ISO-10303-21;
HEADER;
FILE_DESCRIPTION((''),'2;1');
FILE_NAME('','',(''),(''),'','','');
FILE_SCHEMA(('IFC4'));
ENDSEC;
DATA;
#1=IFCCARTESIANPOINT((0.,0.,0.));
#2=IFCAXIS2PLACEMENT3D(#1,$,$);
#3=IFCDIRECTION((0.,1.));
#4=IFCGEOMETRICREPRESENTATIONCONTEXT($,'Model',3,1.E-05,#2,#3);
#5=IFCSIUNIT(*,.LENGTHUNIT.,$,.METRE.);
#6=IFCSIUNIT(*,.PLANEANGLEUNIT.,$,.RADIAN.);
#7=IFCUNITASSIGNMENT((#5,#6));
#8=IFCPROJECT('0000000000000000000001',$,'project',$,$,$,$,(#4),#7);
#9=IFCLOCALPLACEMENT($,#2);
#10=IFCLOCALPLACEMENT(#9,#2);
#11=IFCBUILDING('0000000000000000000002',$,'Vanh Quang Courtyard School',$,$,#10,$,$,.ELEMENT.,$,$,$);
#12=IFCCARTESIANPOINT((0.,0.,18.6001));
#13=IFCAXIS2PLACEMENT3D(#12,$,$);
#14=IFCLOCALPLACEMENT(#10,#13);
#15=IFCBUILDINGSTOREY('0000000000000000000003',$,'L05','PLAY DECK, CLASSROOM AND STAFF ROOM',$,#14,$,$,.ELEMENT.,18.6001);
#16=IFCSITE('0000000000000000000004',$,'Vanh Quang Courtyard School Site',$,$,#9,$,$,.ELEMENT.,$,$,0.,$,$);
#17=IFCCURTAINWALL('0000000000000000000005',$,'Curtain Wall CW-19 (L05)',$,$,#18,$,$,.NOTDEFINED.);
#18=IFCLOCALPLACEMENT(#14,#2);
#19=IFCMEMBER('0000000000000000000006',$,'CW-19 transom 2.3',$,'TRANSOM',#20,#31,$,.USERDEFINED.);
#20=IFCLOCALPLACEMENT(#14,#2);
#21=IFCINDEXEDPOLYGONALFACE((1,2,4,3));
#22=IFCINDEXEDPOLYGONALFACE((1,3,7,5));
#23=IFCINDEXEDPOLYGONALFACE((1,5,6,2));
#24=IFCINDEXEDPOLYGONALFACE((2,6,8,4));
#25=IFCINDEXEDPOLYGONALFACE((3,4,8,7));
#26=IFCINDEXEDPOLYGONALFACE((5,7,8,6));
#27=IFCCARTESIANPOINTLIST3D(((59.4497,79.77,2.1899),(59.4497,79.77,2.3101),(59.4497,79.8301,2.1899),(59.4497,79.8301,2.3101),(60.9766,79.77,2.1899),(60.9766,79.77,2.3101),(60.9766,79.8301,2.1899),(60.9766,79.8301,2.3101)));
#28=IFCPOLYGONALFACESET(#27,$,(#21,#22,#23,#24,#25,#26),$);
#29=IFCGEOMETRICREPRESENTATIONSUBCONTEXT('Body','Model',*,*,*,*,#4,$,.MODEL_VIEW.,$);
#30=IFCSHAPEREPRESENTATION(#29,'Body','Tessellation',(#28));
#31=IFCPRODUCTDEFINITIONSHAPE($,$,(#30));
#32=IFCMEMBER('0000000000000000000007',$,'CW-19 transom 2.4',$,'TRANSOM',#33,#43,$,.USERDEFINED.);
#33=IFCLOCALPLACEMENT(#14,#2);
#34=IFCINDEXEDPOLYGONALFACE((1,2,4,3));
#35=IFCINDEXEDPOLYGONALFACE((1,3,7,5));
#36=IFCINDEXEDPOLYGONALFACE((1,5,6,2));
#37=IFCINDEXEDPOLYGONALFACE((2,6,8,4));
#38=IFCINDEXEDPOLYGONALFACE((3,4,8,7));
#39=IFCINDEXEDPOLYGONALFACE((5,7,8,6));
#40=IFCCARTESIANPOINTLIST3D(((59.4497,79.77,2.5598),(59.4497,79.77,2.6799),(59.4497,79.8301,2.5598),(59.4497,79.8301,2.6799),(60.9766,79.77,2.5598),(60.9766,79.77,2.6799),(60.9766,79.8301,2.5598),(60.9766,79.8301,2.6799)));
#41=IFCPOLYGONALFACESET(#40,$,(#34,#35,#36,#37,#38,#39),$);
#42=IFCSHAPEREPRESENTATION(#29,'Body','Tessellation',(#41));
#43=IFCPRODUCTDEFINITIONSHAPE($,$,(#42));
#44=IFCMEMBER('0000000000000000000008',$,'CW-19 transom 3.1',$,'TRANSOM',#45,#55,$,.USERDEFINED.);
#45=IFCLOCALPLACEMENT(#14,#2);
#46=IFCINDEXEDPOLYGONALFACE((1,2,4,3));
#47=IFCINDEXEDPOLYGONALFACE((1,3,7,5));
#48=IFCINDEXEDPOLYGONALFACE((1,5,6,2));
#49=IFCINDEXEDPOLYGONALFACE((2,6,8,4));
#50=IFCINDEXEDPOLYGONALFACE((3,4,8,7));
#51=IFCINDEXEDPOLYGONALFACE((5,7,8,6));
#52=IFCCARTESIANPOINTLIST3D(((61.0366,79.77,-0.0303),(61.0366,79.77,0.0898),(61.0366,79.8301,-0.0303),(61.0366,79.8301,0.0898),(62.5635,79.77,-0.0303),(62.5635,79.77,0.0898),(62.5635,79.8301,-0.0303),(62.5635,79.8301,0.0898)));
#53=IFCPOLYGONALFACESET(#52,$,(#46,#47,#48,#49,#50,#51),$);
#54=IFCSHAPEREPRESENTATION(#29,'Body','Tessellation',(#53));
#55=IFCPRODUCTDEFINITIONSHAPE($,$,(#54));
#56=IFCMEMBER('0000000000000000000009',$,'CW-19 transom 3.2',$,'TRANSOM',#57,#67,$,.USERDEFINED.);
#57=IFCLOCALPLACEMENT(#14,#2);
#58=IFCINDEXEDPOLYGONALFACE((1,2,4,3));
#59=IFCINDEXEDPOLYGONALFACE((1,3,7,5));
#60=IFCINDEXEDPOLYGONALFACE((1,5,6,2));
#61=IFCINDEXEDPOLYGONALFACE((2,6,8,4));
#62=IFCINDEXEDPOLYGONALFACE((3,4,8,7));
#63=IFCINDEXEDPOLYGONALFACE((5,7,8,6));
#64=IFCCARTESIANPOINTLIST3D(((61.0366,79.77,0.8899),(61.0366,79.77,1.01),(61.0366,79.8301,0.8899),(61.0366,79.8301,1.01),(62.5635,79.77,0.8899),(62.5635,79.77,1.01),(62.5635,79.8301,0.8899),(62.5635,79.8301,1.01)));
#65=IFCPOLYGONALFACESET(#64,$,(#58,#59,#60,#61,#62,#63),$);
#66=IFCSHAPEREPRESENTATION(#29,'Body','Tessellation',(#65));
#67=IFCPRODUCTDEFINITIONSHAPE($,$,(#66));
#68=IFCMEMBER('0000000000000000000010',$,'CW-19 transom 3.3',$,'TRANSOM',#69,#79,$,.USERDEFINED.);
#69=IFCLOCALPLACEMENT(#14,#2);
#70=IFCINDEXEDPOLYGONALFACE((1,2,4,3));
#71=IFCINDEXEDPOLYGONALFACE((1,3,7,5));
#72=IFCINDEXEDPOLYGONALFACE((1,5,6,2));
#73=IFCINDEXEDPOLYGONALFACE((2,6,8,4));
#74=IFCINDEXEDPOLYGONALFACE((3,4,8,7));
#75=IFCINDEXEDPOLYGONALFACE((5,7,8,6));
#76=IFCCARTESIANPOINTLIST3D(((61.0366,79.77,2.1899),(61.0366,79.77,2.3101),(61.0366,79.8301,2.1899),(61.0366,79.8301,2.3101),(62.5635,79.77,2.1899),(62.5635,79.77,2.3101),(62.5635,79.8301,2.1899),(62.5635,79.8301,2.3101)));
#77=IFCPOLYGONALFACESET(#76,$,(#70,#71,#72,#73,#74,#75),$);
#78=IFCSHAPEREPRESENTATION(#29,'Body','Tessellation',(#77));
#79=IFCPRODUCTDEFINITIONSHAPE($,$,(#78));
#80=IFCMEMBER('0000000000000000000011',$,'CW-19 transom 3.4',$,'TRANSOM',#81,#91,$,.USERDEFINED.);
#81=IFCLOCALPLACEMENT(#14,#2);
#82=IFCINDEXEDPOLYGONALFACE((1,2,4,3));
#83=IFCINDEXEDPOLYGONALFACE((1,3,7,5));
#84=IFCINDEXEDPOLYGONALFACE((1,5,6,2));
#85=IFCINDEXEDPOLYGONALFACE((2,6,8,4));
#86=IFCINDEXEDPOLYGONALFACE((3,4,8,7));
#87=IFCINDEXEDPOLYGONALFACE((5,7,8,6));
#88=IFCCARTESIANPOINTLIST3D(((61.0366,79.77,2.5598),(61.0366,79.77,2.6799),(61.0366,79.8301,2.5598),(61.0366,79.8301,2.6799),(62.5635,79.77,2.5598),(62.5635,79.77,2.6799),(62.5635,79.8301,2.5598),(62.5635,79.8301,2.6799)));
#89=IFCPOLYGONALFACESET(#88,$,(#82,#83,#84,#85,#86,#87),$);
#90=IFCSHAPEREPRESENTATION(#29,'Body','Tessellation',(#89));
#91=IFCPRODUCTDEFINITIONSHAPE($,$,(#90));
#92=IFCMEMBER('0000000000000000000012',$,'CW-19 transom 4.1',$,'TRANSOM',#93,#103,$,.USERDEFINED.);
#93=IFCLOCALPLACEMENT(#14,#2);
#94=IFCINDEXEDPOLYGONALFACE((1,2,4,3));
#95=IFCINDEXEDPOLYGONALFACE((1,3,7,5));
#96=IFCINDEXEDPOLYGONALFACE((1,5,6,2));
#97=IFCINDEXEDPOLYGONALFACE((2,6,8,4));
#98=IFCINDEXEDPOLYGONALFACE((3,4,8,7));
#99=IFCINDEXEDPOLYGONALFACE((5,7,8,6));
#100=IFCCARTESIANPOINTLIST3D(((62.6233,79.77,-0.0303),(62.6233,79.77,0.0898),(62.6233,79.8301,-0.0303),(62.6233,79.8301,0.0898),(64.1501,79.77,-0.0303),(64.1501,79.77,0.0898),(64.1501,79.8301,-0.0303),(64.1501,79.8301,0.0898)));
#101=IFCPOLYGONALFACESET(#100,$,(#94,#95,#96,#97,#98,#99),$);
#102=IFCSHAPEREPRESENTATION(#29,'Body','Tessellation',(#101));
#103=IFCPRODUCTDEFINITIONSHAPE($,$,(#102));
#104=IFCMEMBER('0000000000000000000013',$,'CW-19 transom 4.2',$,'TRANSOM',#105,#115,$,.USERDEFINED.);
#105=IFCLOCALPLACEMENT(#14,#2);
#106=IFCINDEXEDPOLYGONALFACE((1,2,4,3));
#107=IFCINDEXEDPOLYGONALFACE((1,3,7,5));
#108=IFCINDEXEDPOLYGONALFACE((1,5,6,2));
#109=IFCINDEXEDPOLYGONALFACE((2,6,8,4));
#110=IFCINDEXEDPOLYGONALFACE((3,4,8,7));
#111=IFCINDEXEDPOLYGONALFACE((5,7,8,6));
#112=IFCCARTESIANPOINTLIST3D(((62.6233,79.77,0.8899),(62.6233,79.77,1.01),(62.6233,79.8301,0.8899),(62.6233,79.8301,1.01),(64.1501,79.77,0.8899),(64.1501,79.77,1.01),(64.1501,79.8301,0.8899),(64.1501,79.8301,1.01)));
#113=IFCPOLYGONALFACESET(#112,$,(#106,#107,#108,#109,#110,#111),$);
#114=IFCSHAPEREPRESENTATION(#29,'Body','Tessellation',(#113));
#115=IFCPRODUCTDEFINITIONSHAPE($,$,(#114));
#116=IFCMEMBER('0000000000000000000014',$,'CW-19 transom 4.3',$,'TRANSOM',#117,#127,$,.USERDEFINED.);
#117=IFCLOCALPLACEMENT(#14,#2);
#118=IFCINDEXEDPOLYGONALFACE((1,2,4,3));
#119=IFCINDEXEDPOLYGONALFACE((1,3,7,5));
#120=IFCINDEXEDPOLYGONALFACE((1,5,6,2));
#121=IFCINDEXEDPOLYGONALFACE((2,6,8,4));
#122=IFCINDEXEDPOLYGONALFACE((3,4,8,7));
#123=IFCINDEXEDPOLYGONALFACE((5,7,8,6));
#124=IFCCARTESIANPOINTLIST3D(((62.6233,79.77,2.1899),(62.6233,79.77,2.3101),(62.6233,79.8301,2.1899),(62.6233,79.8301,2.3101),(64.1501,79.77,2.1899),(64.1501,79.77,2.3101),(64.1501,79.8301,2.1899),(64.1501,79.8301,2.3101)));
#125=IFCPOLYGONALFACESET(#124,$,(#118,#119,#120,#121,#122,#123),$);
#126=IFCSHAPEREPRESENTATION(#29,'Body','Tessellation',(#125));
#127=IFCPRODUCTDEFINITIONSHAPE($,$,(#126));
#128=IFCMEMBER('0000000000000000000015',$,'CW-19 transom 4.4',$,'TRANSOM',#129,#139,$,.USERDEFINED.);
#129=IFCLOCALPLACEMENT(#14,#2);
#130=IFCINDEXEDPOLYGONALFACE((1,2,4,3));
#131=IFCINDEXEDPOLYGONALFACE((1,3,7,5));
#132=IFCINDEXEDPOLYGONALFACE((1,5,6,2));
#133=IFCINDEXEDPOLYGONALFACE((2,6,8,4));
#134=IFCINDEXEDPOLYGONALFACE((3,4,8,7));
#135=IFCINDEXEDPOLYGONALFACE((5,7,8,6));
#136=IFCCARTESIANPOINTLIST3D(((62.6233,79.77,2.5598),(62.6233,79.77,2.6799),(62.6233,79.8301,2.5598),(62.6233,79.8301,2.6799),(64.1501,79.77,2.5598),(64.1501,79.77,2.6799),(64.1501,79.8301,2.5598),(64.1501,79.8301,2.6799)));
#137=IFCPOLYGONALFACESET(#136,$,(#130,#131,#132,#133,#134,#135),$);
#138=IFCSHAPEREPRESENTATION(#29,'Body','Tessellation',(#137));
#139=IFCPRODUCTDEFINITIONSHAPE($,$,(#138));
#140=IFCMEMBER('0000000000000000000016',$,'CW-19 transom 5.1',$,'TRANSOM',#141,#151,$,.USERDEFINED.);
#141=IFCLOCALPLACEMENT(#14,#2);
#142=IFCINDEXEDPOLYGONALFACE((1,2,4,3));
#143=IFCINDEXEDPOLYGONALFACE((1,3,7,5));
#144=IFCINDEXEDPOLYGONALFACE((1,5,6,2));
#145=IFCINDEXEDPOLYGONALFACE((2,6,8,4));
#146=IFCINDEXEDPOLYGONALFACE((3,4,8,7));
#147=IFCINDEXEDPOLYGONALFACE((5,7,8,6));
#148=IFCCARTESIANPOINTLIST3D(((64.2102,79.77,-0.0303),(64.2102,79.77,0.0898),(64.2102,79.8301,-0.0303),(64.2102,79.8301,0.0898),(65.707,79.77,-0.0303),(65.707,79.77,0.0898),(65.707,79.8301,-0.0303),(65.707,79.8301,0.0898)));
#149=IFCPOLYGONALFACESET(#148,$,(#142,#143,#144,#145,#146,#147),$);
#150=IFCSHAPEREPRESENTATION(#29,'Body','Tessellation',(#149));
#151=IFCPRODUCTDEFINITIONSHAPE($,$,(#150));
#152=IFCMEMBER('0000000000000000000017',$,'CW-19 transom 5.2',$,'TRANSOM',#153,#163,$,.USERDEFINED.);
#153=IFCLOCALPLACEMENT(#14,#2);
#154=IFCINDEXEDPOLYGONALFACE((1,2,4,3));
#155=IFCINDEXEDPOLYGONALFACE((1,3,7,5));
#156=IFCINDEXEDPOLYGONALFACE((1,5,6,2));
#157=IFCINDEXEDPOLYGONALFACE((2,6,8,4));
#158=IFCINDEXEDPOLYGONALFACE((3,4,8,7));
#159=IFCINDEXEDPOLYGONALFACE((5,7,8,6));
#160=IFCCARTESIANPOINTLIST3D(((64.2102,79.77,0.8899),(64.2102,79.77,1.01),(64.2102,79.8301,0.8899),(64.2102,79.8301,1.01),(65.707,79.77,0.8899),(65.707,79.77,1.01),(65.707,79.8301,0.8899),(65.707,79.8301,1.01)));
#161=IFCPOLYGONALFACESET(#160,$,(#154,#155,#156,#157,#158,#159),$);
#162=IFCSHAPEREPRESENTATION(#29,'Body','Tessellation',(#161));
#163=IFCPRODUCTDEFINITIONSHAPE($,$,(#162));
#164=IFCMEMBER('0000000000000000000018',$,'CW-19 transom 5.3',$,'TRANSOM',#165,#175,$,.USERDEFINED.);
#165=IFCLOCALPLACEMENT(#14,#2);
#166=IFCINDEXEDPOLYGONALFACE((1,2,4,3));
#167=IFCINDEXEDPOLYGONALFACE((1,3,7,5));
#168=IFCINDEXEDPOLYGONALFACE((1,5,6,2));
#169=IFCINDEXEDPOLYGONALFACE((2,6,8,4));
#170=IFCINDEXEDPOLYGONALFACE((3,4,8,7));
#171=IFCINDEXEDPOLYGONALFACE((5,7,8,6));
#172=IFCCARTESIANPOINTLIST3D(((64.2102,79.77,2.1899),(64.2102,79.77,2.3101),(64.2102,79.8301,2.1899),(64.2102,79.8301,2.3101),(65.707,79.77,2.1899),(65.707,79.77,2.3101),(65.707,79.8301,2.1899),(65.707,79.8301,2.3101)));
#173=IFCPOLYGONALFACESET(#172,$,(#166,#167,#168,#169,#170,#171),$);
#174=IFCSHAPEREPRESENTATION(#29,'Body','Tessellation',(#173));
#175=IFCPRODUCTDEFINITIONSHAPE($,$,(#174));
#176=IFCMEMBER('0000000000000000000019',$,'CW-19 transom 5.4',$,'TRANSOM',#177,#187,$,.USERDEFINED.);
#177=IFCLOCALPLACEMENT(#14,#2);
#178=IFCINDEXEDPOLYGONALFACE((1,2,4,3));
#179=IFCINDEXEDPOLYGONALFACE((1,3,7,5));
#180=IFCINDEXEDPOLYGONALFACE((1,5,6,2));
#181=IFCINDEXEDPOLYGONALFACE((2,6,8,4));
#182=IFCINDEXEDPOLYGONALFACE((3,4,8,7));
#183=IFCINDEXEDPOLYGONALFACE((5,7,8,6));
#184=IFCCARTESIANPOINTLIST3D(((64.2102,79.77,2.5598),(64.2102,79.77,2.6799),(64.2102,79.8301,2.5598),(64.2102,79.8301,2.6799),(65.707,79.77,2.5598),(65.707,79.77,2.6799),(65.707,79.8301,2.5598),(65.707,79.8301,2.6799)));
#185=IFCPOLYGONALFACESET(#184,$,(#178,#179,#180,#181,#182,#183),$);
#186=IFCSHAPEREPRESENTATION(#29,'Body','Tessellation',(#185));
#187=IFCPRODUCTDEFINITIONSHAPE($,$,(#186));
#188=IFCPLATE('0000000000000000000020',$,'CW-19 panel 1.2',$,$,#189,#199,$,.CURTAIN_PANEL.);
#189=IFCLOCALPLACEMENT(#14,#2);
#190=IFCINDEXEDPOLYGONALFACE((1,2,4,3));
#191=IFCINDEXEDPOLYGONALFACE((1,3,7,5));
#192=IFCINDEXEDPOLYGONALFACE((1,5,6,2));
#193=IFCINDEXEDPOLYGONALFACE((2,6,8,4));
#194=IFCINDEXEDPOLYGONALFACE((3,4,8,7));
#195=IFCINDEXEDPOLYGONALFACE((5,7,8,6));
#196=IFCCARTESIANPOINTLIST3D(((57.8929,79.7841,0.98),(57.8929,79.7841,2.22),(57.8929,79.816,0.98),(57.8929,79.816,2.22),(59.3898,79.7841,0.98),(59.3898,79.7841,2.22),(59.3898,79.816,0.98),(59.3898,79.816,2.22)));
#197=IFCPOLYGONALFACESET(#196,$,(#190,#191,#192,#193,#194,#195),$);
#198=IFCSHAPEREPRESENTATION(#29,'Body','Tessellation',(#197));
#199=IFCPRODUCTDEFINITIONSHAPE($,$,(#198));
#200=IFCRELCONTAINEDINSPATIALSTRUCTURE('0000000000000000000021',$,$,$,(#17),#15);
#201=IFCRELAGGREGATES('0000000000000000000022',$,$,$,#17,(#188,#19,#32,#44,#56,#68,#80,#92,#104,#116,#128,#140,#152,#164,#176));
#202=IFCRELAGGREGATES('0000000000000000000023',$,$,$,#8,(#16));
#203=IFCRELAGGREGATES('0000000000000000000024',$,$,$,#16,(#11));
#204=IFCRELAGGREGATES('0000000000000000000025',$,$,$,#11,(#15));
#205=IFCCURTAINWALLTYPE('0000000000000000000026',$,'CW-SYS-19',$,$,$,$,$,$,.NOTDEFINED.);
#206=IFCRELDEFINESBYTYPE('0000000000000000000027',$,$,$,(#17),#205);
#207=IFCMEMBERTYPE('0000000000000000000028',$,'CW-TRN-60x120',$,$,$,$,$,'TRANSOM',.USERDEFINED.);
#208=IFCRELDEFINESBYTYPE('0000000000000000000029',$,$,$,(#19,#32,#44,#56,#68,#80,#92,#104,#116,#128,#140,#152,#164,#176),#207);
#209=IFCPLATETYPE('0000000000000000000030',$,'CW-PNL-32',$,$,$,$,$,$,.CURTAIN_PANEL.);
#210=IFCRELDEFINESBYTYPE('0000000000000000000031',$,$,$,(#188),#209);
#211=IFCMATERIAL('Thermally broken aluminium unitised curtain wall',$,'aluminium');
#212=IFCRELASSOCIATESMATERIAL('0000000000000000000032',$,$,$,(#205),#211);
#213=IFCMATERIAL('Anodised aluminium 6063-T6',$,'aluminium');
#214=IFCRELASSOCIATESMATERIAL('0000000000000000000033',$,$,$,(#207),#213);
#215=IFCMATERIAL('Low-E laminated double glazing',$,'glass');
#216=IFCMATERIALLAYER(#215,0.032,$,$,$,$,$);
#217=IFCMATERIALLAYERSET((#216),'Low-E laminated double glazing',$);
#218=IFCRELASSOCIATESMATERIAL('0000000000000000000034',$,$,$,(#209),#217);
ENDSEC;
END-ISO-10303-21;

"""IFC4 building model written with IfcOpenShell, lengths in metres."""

from ifc_helpers import new_model, si_unit, direction, frame, origin, origin_2d, place, context, subcontext, project, spatial, rectangle, extrude, material, layer, layer_set, material_profile, profile_set, type_object, element, aggregate, save


model = new_model("IFC4")

# Units and contexts
model_context = context("Model", 3, precision=1e-05, world=origin(), true_north=direction((0.0, 1.0)))
body_context = subcontext(model_context, "Body", "Model", "MODEL_VIEW")
ifc_project = project(units=[si_unit("LENGTHUNIT", "METRE"), si_unit("PLANEANGLEUNIT", "RADIAN")], contexts=[model_context])

# Site, building, storey
site_placement = place(None, origin())
site = spatial("IfcSite", under=ifc_project, at=site_placement, Name="Vanh Quang Courtyard School Site", CompositionType="ELEMENT", RefElevation=0.0)
building_placement = place(site_placement, origin())
building = spatial("IfcBuilding", under=site, at=building_placement, Name="Vanh Quang Courtyard School", CompositionType="ELEMENT")
storey_placement = place(building_placement, frame((0.0, 0.0, 18.6001)))
storey = spatial("IfcBuildingStorey", under=building, at=storey_placement, Name="L05", Description="PLAY DECK, CLASSROOM AND STAFF ROOM", CompositionType="ELEMENT", Elevation=18.6001)

# Curtain wall, members, plate
ifc_material_1 = material(Name="Thermally broken aluminium unitised curtain wall", Category="aluminium")
curtain_wall_type = type_object("IfcCurtainWallType", Name="CW-SYS-19", PredefinedType="NOTDEFINED", material=ifc_material_1)
curtain_wall_placement = place(storey_placement, origin())
curtain_wall = element("IfcCurtainWall", 1, at=curtain_wall_placement, inside=storey, type_object=curtain_wall_type, Name="Curtain Wall CW-19 (L05)", PredefinedType="NOTDEFINED")
ifc_material_2 = material(Name="Anodised aluminium 6063-T6", Category="aluminium")
ifc_material_profile_1 = material_profile(ifc_material_2, rectangle(XDim=0.0601, YDim=0.1201, at=origin_2d()), Name="ALU-TRN 60x120")
ifc_profile_set_1 = profile_set([ifc_material_profile_1], Name="Anodised aluminium 6063-T6")
member_type_1 = type_object("IfcMemberType", Name="CW-TRN-60x120", ElementType="TRANSOM", PredefinedType="USERDEFINED", material=ifc_profile_set_1)
member_1_placement = place(storey_placement, frame((59.4497, 79.8, 2.25), z_axis=(1.0, 0.0, 0.0), x_axis=(0.0, 1.0, 0.0)))
member_1 = element("IfcMember", 2, at=member_1_placement, type_object=member_type_1, Name="CW-19 transom 2.3", ObjectType="TRANSOM", PredefinedType="USERDEFINED", context=body_context, shape_type="SweptSolid", body=[
    extrude(rectangle(XDim=0.0601, YDim=0.1201, at=origin_2d()), origin(), (0.0, 0.0, 1.0), 1.5269),
])
member_2_placement = place(storey_placement, frame((59.4497, 79.8, 2.6199), z_axis=(1.0, 0.0, 0.0), x_axis=(0.0, 1.0, 0.0)))
member_2 = element("IfcMember", 3, at=member_2_placement, type_object=member_type_1, Name="CW-19 transom 2.4", ObjectType="TRANSOM", PredefinedType="USERDEFINED", context=body_context, shape_type="SweptSolid", body=[
    extrude(rectangle(XDim=0.0601, YDim=0.1201, at=origin_2d()), origin(), (0.0, 0.0, 1.0), 1.5269),
])
member_3_placement = place(storey_placement, frame((61.0366, 79.8, 0.0298), z_axis=(1.0, 0.0, 0.0), x_axis=(0.0, 1.0, 0.0)))
member_3 = element("IfcMember", 4, at=member_3_placement, type_object=member_type_1, Name="CW-19 transom 3.1", ObjectType="TRANSOM", PredefinedType="USERDEFINED", context=body_context, shape_type="SweptSolid", body=[
    extrude(rectangle(XDim=0.0601, YDim=0.1201, at=origin_2d()), origin(), (0.0, 0.0, 1.0), 1.5269),
])
member_4_placement = place(storey_placement, frame((61.0366, 79.8, 0.95), z_axis=(1.0, 0.0, 0.0), x_axis=(0.0, 1.0, 0.0)))
member_4 = element("IfcMember", 5, at=member_4_placement, type_object=member_type_1, Name="CW-19 transom 3.2", ObjectType="TRANSOM", PredefinedType="USERDEFINED", context=body_context, shape_type="SweptSolid", body=[
    extrude(rectangle(XDim=0.0601, YDim=0.1201, at=origin_2d()), origin(), (0.0, 0.0, 1.0), 1.5269),
])
member_5_placement = place(storey_placement, frame((61.0366, 79.8, 2.25), z_axis=(1.0, 0.0, 0.0), x_axis=(0.0, 1.0, 0.0)))
member_5 = element("IfcMember", 6, at=member_5_placement, type_object=member_type_1, Name="CW-19 transom 3.3", ObjectType="TRANSOM", PredefinedType="USERDEFINED", context=body_context, shape_type="SweptSolid", body=[
    extrude(rectangle(XDim=0.0601, YDim=0.1201, at=origin_2d()), origin(), (0.0, 0.0, 1.0), 1.5269),
])
member_6_placement = place(storey_placement, frame((61.0366, 79.8, 2.6199), z_axis=(1.0, 0.0, 0.0), x_axis=(0.0, 1.0, 0.0)))
member_6 = element("IfcMember", 7, at=member_6_placement, type_object=member_type_1, Name="CW-19 transom 3.4", ObjectType="TRANSOM", PredefinedType="USERDEFINED", context=body_context, shape_type="SweptSolid", body=[
    extrude(rectangle(XDim=0.0601, YDim=0.1201, at=origin_2d()), origin(), (0.0, 0.0, 1.0), 1.5269),
])
member_7_placement = place(storey_placement, frame((62.6233, 79.8, 0.0298), z_axis=(1.0, 0.0, 0.0), x_axis=(0.0, 1.0, 0.0)))
member_7 = element("IfcMember", 8, at=member_7_placement, type_object=member_type_1, Name="CW-19 transom 4.1", ObjectType="TRANSOM", PredefinedType="USERDEFINED", context=body_context, shape_type="SweptSolid", body=[
    extrude(rectangle(XDim=0.0601, YDim=0.1201, at=origin_2d()), origin(), (0.0, 0.0, 1.0), 1.5269),
])
member_8_placement = place(storey_placement, frame((62.6233, 79.8, 0.95), z_axis=(1.0, 0.0, 0.0), x_axis=(0.0, 1.0, 0.0)))
member_8 = element("IfcMember", 9, at=member_8_placement, type_object=member_type_1, Name="CW-19 transom 4.2", ObjectType="TRANSOM", PredefinedType="USERDEFINED", context=body_context, shape_type="SweptSolid", body=[
    extrude(rectangle(XDim=0.0601, YDim=0.1201, at=origin_2d()), origin(), (0.0, 0.0, 1.0), 1.5269),
])
member_9_placement = place(storey_placement, frame((62.6233, 79.8, 2.25), z_axis=(1.0, 0.0, 0.0), x_axis=(0.0, 1.0, 0.0)))
member_9 = element("IfcMember", 10, at=member_9_placement, type_object=member_type_1, Name="CW-19 transom 4.3", ObjectType="TRANSOM", PredefinedType="USERDEFINED", context=body_context, shape_type="SweptSolid", body=[
    extrude(rectangle(XDim=0.0601, YDim=0.1201, at=origin_2d()), origin(), (0.0, 0.0, 1.0), 1.5269),
])
member_10_placement = place(storey_placement, frame((62.6233, 79.8, 2.6199), z_axis=(1.0, 0.0, 0.0), x_axis=(0.0, 1.0, 0.0)))
member_10 = element("IfcMember", 11, at=member_10_placement, type_object=member_type_1, Name="CW-19 transom 4.4", ObjectType="TRANSOM", PredefinedType="USERDEFINED", context=body_context, shape_type="SweptSolid", body=[
    extrude(rectangle(XDim=0.0601, YDim=0.1201, at=origin_2d()), origin(), (0.0, 0.0, 1.0), 1.5269),
])
member_11_placement = place(storey_placement, frame((64.2102, 79.8, 0.0298), z_axis=(1.0, 0.0, 0.0), x_axis=(0.0, 1.0, 0.0)))
member_11 = element("IfcMember", 12, at=member_11_placement, type_object=member_type_1, Name="CW-19 transom 5.1", ObjectType="TRANSOM", PredefinedType="USERDEFINED", context=body_context, shape_type="SweptSolid", body=[
    extrude(rectangle(XDim=0.0601, YDim=0.1201, at=origin_2d()), origin(), (0.0, 0.0, 1.0), 1.4968),
])
member_12_placement = place(storey_placement, frame((64.2102, 79.8, 0.95), z_axis=(1.0, 0.0, 0.0), x_axis=(0.0, 1.0, 0.0)))
member_12 = element("IfcMember", 13, at=member_12_placement, type_object=member_type_1, Name="CW-19 transom 5.2", ObjectType="TRANSOM", PredefinedType="USERDEFINED", context=body_context, shape_type="SweptSolid", body=[
    extrude(rectangle(XDim=0.0601, YDim=0.1201, at=origin_2d()), origin(), (0.0, 0.0, 1.0), 1.4968),
])
member_13_placement = place(storey_placement, frame((64.2102, 79.8, 2.25), z_axis=(1.0, 0.0, 0.0), x_axis=(0.0, 1.0, 0.0)))
member_13 = element("IfcMember", 14, at=member_13_placement, type_object=member_type_1, Name="CW-19 transom 5.3", ObjectType="TRANSOM", PredefinedType="USERDEFINED", context=body_context, shape_type="SweptSolid", body=[
    extrude(rectangle(XDim=0.0601, YDim=0.1201, at=origin_2d()), origin(), (0.0, 0.0, 1.0), 1.4968),
])
member_14_placement = place(storey_placement, frame((64.2102, 79.8, 2.6199), z_axis=(1.0, 0.0, 0.0), x_axis=(0.0, 1.0, 0.0)))
member_14 = element("IfcMember", 15, at=member_14_placement, type_object=member_type_1, Name="CW-19 transom 5.4", ObjectType="TRANSOM", PredefinedType="USERDEFINED", context=body_context, shape_type="SweptSolid", body=[
    extrude(rectangle(XDim=0.0601, YDim=0.1201, at=origin_2d()), origin(), (0.0, 0.0, 1.0), 1.4968),
])
ifc_material_3 = material(Name="Low-E laminated double glazing", Category="glass")
ifc_layer = layer(ifc_material_3, 0.032)
ifc_layer_set = layer_set([ifc_layer], Name="Low-E laminated double glazing")
plate_type = type_object("IfcPlateType", Name="CW-PNL-32", PredefinedType="CURTAIN_PANEL", material=ifc_layer_set)
plate_1_placement = place(storey_placement, frame((58.6414, 79.8, 0.98), z_axis=(0.0, 0.0, 1.0), x_axis=(1.0, 0.0, 0.0)))
plate_1 = element("IfcPlate", 16, at=plate_1_placement, type_object=plate_type, Name="CW-19 panel 1.2", PredefinedType="CURTAIN_PANEL", context=body_context, shape_type="SweptSolid", body=[
    extrude(rectangle(XDim=1.4968, YDim=0.032, at=origin_2d()), origin(), (0.0, 0.0, 1.0), 1.24),
])
aggregate(curtain_wall, [plate_1, member_1, member_2, member_3, member_4, member_5, member_6, member_7, member_8, member_9, member_10, member_11, member_12, member_13, member_14])

save(model, "model.ifc")
